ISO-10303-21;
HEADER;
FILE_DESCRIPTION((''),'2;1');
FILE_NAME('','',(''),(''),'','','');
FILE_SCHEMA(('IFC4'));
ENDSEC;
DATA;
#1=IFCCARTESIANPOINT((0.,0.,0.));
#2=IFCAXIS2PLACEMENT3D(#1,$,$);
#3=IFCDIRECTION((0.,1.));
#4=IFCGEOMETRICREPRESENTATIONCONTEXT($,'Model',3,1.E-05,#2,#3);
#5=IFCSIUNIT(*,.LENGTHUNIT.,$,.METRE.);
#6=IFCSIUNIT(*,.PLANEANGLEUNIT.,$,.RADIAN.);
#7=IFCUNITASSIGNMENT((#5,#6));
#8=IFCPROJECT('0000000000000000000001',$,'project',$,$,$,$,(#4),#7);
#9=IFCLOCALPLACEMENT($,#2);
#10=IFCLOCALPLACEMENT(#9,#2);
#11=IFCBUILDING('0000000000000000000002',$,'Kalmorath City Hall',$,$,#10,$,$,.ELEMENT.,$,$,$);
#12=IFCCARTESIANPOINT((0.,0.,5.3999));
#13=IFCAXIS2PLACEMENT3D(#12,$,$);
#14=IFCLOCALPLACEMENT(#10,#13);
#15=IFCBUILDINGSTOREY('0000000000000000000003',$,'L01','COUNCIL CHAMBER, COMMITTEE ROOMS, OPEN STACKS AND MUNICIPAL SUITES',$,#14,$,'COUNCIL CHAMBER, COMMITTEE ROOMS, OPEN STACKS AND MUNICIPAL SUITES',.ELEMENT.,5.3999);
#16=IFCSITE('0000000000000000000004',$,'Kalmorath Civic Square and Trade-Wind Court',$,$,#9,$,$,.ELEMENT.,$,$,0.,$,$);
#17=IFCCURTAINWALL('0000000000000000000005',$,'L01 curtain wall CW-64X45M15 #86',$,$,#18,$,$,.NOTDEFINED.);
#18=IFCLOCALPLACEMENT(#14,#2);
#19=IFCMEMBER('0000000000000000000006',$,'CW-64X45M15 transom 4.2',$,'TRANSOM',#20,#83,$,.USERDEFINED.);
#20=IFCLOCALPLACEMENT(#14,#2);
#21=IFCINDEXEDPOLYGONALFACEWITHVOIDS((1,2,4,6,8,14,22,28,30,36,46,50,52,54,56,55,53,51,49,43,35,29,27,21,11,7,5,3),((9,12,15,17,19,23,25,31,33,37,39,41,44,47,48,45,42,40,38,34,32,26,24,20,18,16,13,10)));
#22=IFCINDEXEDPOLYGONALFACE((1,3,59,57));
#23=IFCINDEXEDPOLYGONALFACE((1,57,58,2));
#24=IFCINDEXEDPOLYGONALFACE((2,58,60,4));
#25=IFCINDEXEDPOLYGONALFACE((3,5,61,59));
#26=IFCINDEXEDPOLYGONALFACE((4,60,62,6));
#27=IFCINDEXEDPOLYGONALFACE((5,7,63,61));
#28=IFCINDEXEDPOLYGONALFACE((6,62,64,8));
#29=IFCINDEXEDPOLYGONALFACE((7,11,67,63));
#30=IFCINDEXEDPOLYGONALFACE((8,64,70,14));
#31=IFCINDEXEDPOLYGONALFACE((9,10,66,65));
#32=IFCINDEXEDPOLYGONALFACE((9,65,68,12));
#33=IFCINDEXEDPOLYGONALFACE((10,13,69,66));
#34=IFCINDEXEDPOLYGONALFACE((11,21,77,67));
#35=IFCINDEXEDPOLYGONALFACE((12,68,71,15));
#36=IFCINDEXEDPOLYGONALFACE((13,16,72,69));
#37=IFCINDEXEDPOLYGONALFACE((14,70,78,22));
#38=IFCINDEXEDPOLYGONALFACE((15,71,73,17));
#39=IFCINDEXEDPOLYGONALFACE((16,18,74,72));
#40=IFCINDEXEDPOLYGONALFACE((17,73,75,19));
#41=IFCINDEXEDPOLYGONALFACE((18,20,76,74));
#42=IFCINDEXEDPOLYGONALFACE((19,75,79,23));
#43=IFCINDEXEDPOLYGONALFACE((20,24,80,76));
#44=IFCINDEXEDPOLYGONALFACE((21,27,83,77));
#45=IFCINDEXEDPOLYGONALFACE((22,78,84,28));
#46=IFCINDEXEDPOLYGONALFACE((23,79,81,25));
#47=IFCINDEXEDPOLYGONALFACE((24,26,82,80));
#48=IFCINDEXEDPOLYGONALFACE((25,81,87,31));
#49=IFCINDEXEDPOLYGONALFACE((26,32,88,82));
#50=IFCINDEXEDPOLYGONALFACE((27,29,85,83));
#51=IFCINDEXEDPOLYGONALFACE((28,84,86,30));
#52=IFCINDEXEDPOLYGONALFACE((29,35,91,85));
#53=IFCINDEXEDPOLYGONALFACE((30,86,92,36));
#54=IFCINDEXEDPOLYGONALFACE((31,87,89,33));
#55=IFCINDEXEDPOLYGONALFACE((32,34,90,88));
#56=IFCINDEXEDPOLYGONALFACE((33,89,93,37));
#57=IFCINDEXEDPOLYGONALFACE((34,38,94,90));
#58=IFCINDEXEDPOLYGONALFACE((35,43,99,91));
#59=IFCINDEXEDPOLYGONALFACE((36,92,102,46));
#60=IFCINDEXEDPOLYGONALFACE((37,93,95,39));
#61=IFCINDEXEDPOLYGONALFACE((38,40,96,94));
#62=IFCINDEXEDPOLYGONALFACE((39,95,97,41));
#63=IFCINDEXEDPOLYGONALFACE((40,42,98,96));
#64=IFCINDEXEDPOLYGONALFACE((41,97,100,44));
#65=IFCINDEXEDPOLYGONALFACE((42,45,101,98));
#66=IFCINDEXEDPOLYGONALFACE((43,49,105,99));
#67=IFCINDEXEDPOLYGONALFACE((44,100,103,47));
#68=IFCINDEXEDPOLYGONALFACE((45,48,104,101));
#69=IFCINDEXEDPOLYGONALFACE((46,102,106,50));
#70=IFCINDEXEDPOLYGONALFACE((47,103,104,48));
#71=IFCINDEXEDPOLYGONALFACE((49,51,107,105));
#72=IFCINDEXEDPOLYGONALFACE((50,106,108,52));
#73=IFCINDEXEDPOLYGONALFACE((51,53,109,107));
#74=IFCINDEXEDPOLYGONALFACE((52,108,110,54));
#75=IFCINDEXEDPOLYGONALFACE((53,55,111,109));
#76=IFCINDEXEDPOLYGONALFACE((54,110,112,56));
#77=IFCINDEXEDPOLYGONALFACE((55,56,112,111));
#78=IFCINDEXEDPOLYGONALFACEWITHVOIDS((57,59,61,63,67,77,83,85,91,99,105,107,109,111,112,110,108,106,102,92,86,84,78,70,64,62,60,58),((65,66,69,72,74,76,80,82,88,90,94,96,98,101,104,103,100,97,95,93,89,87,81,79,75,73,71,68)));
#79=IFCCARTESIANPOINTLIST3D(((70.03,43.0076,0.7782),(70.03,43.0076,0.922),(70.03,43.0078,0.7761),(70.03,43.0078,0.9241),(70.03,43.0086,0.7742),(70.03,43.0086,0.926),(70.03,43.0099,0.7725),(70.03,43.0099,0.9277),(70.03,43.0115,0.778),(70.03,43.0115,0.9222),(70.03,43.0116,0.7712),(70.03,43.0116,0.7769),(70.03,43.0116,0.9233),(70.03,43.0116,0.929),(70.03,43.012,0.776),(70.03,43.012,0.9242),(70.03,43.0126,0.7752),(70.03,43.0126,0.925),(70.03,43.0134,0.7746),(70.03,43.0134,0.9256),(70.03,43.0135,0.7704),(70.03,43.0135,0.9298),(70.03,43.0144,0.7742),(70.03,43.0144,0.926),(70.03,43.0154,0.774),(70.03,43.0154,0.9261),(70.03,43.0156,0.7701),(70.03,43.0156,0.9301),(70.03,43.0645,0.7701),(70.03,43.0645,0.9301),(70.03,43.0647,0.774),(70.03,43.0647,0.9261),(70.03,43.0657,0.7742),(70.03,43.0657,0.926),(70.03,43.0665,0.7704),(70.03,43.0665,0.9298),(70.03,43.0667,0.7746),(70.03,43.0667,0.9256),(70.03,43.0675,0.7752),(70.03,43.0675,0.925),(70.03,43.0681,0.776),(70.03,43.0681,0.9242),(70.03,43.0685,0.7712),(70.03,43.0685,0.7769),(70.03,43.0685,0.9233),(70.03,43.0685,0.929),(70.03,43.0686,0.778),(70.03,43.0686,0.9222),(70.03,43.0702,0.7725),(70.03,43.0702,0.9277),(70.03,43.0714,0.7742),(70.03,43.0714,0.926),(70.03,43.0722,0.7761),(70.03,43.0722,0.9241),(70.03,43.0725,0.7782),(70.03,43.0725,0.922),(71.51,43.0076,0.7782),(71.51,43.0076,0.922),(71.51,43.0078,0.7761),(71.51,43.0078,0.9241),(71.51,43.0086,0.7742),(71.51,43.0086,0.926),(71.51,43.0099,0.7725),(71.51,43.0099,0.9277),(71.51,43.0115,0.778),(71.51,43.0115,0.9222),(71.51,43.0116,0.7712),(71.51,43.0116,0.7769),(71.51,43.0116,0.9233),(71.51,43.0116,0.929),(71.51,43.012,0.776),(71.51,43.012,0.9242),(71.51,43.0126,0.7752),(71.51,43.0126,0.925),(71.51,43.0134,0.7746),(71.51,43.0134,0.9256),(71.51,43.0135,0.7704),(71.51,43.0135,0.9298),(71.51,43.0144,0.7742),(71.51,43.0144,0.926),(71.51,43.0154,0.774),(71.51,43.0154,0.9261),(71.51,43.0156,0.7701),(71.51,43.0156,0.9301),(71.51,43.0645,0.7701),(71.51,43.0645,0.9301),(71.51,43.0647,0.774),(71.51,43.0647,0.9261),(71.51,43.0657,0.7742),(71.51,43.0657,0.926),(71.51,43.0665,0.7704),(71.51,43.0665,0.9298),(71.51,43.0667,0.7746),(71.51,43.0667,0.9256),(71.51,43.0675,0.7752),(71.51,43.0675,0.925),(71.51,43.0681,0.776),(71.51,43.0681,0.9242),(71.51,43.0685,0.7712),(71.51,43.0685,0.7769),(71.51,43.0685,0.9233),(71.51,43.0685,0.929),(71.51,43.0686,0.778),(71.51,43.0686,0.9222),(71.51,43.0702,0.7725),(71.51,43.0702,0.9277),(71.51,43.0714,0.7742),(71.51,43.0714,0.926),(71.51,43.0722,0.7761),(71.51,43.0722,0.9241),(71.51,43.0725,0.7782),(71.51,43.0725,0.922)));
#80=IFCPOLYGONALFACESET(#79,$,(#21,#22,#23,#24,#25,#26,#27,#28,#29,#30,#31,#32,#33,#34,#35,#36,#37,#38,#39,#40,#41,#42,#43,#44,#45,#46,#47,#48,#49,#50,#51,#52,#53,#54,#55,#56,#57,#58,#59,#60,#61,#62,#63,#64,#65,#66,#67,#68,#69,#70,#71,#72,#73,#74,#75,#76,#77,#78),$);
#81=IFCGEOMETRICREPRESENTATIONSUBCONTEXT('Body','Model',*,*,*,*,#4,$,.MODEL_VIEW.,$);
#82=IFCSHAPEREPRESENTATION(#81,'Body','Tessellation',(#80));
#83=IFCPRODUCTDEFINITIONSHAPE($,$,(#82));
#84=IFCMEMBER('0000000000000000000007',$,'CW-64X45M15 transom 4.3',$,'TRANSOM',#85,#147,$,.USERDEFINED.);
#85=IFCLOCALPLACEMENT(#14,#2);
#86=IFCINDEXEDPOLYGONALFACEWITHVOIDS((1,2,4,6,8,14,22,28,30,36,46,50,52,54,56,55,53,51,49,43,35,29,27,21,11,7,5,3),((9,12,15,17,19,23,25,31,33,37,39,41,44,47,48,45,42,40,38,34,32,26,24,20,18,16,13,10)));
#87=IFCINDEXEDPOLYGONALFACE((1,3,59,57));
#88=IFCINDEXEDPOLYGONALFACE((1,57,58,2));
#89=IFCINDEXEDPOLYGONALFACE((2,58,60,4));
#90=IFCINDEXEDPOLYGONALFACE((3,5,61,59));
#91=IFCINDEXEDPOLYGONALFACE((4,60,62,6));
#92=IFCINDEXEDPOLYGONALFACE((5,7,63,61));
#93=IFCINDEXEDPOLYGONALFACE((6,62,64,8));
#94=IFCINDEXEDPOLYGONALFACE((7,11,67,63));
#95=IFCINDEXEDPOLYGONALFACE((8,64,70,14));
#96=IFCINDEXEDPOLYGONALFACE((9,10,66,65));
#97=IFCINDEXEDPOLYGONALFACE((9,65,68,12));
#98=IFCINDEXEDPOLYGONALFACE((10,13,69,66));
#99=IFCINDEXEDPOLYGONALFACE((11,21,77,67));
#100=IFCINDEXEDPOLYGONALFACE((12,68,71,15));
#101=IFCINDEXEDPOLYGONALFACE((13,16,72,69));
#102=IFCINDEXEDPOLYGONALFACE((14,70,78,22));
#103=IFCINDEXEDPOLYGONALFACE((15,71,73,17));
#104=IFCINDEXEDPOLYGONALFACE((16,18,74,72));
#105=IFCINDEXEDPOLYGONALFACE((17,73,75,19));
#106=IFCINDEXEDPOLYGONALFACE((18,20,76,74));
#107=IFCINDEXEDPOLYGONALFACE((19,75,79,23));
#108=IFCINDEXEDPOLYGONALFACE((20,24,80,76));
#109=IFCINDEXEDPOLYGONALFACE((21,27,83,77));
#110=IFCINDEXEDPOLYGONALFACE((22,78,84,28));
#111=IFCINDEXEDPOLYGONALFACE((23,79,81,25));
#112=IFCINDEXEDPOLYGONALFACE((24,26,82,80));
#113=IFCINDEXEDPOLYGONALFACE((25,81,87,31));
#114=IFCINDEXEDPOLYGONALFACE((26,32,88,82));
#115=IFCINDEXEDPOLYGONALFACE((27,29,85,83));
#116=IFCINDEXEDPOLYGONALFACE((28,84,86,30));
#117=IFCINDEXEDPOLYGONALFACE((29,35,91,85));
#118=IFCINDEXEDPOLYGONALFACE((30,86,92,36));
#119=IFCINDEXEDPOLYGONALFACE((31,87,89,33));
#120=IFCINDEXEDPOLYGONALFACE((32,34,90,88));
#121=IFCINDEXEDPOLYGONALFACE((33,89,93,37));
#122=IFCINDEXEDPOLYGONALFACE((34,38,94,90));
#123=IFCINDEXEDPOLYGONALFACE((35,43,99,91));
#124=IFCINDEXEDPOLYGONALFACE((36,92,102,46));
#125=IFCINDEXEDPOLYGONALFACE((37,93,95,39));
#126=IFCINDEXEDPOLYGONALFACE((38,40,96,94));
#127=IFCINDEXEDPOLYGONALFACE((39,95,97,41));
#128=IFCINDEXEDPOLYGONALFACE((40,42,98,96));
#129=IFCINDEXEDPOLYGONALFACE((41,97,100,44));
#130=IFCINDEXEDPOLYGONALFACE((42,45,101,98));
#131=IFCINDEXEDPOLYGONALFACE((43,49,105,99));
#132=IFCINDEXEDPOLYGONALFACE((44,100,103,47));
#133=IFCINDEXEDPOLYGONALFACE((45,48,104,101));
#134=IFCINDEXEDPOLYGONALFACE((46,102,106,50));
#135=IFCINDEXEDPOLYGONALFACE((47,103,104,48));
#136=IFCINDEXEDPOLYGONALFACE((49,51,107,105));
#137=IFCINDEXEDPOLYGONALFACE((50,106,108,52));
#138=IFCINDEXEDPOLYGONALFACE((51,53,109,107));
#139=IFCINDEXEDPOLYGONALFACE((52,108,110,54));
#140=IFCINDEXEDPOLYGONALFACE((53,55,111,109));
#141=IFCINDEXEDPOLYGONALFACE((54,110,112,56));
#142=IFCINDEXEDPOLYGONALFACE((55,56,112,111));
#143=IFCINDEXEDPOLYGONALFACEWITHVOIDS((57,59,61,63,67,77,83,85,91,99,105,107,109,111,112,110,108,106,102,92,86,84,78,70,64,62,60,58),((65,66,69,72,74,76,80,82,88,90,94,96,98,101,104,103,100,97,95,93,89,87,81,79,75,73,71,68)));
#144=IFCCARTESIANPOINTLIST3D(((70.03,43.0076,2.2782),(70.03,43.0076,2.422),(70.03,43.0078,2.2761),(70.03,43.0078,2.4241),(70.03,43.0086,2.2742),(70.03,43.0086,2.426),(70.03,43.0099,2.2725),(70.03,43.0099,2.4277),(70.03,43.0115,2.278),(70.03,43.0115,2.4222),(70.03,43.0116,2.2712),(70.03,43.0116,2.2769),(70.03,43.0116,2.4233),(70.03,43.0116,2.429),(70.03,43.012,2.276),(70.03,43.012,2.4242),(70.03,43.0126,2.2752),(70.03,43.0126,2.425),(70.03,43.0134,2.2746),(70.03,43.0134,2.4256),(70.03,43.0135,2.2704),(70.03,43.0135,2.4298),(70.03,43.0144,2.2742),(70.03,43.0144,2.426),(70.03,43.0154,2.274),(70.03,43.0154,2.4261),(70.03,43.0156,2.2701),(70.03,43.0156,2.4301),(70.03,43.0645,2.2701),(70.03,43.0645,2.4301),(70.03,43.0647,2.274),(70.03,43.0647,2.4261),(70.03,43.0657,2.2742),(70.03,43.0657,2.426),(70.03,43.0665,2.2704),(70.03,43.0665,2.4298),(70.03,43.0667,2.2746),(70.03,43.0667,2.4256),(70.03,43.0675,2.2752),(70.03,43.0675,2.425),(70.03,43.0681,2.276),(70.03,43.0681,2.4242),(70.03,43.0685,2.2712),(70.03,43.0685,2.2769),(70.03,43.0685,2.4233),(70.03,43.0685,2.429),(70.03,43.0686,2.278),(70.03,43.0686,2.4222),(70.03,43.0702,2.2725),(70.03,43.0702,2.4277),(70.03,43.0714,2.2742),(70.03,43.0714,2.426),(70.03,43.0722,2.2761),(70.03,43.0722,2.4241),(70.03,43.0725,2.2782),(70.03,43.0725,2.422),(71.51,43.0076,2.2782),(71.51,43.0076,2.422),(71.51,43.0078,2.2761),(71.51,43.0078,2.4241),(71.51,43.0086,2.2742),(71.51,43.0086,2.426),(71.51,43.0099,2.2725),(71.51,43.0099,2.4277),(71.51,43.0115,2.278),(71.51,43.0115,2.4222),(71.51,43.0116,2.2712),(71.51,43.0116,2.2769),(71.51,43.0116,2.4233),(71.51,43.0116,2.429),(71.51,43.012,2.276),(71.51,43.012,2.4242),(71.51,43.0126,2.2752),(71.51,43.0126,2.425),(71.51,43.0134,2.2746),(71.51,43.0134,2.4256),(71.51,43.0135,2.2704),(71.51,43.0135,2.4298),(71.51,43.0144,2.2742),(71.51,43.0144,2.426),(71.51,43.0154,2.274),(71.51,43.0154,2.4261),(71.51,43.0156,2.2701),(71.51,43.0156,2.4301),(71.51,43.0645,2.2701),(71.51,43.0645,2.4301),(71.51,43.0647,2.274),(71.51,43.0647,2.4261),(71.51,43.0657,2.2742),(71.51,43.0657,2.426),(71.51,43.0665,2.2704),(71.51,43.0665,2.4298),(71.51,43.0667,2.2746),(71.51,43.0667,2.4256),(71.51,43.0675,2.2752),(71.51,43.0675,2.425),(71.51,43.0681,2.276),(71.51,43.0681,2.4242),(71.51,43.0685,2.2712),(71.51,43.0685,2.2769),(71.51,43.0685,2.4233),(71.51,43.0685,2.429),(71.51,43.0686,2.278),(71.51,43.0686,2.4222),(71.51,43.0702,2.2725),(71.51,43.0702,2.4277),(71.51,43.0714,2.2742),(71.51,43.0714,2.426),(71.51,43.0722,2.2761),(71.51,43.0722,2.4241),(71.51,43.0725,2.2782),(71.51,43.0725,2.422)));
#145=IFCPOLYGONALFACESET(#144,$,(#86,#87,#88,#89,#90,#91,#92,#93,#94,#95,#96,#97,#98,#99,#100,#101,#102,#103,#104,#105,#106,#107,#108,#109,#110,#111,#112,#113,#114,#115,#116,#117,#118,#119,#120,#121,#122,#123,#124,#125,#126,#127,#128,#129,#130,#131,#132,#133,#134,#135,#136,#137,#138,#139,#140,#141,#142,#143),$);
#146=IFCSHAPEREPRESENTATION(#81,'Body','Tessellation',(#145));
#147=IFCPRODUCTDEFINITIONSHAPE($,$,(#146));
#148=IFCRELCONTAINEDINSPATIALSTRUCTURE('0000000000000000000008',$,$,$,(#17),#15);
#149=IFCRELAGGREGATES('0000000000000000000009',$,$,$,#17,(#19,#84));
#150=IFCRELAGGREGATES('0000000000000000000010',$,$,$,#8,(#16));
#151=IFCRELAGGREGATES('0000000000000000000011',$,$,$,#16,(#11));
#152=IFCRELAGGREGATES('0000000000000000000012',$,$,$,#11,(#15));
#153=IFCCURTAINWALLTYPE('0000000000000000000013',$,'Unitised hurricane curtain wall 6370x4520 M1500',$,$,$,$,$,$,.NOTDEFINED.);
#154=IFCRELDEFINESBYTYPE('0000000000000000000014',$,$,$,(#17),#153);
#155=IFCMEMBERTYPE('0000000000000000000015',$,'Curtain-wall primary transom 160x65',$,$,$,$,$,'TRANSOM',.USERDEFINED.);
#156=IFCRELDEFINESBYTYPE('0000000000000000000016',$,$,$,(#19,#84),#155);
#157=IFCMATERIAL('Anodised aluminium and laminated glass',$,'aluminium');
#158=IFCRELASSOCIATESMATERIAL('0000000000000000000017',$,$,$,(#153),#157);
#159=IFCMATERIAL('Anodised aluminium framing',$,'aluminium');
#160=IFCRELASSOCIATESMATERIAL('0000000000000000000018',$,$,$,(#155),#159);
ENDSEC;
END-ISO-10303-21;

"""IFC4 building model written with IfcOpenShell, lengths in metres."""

from ifc_helpers import new_model, si_unit, direction, frame, origin, origin_2d, place, context, subcontext, project, spatial, hollow_rectangle, extrude, material, material_profile, profile_set, type_object, element, aggregate, save


model = new_model("IFC4")

# Units and contexts
model_context = context("Model", 3, precision=1e-05, world=origin(), true_north=direction((0.0, 1.0)))
body_context = subcontext(model_context, "Body", "Model", "MODEL_VIEW")
ifc_project = project(units=[si_unit("LENGTHUNIT", "METRE"), si_unit("PLANEANGLEUNIT", "RADIAN")], contexts=[model_context])

# Site, building, storey
site_placement = place(None, origin())
site = spatial("IfcSite", under=ifc_project, at=site_placement, Name="Kalmorath Civic Square and Trade-Wind Court", CompositionType="ELEMENT", RefElevation=0.0)
building_placement = place(site_placement, origin())
building = spatial("IfcBuilding", under=site, at=building_placement, Name="Kalmorath City Hall", CompositionType="ELEMENT")
storey_placement = place(building_placement, frame((0.0, 0.0, 5.3999)))
storey = spatial("IfcBuildingStorey", under=building, at=storey_placement, Name="L01", Description="COUNCIL CHAMBER, COMMITTEE ROOMS, OPEN STACKS AND MUNICIPAL SUITES", LongName="COUNCIL CHAMBER, COMMITTEE ROOMS, OPEN STACKS AND MUNICIPAL SUITES", CompositionType="ELEMENT", Elevation=5.3999)

# Curtain wall, members
ifc_material_1 = material(Name="Anodised aluminium and laminated glass", Category="aluminium")
curtain_wall_type = type_object("IfcCurtainWallType", Name="Unitised hurricane curtain wall 6370x4520 M1500", PredefinedType="NOTDEFINED", material=ifc_material_1)
curtain_wall_placement = place(storey_placement, origin())
curtain_wall = element("IfcCurtainWall", 1, at=curtain_wall_placement, inside=storey, type_object=curtain_wall_type, Name="L01 curtain wall CW-64X45M15 #86", PredefinedType="NOTDEFINED")
ifc_material_2 = material(Name="Anodised aluminium framing", Category="aluminium")
ifc_material_profile_1 = material_profile(ifc_material_2, hollow_rectangle(XDim=0.0649, YDim=0.1599, WallThickness=0.0039, InnerFilletRadius=0.0039, OuterFilletRadius=0.0081, at=origin_2d()), Name="ALU-TRN-160X65X4")
ifc_profile_set_1 = profile_set([ifc_material_profile_1], Name="Anodised aluminium framing")
member_type_1 = type_object("IfcMemberType", Name="Curtain-wall primary transom 160x65", ElementType="TRANSOM", PredefinedType="USERDEFINED", material=ifc_profile_set_1)
member_1_placement = place(storey_placement, frame((70.03, 43.04, 0.8501), z_axis=(1.0, 0.0, 0.0), x_axis=(0.0, 1.0, 0.0)))
member_1 = element("IfcMember", 2, at=member_1_placement, type_object=member_type_1, Name="CW-64X45M15 transom 4.2", ObjectType="TRANSOM", PredefinedType="USERDEFINED", context=body_context, shape_type="SweptSolid", body=[
    extrude(hollow_rectangle(XDim=0.0649, YDim=0.1599, WallThickness=0.0039, InnerFilletRadius=0.0039, OuterFilletRadius=0.0081, at=origin_2d()), origin(), (0.0, 0.0, 1.0), 1.48),
])
member_2_placement = place(storey_placement, frame((70.03, 43.04, 2.3501), z_axis=(1.0, 0.0, 0.0), x_axis=(0.0, 1.0, 0.0)))
member_2 = element("IfcMember", 3, at=member_2_placement, type_object=member_type_1, Name="CW-64X45M15 transom 4.3", ObjectType="TRANSOM", PredefinedType="USERDEFINED", context=body_context, shape_type="SweptSolid", body=[
    extrude(hollow_rectangle(XDim=0.0649, YDim=0.1599, WallThickness=0.0039, InnerFilletRadius=0.0039, OuterFilletRadius=0.0081, at=origin_2d()), origin(), (0.0, 0.0, 1.0), 1.48),
])
aggregate(curtain_wall, [member_1, member_2])

save(model, "model.ifc")
